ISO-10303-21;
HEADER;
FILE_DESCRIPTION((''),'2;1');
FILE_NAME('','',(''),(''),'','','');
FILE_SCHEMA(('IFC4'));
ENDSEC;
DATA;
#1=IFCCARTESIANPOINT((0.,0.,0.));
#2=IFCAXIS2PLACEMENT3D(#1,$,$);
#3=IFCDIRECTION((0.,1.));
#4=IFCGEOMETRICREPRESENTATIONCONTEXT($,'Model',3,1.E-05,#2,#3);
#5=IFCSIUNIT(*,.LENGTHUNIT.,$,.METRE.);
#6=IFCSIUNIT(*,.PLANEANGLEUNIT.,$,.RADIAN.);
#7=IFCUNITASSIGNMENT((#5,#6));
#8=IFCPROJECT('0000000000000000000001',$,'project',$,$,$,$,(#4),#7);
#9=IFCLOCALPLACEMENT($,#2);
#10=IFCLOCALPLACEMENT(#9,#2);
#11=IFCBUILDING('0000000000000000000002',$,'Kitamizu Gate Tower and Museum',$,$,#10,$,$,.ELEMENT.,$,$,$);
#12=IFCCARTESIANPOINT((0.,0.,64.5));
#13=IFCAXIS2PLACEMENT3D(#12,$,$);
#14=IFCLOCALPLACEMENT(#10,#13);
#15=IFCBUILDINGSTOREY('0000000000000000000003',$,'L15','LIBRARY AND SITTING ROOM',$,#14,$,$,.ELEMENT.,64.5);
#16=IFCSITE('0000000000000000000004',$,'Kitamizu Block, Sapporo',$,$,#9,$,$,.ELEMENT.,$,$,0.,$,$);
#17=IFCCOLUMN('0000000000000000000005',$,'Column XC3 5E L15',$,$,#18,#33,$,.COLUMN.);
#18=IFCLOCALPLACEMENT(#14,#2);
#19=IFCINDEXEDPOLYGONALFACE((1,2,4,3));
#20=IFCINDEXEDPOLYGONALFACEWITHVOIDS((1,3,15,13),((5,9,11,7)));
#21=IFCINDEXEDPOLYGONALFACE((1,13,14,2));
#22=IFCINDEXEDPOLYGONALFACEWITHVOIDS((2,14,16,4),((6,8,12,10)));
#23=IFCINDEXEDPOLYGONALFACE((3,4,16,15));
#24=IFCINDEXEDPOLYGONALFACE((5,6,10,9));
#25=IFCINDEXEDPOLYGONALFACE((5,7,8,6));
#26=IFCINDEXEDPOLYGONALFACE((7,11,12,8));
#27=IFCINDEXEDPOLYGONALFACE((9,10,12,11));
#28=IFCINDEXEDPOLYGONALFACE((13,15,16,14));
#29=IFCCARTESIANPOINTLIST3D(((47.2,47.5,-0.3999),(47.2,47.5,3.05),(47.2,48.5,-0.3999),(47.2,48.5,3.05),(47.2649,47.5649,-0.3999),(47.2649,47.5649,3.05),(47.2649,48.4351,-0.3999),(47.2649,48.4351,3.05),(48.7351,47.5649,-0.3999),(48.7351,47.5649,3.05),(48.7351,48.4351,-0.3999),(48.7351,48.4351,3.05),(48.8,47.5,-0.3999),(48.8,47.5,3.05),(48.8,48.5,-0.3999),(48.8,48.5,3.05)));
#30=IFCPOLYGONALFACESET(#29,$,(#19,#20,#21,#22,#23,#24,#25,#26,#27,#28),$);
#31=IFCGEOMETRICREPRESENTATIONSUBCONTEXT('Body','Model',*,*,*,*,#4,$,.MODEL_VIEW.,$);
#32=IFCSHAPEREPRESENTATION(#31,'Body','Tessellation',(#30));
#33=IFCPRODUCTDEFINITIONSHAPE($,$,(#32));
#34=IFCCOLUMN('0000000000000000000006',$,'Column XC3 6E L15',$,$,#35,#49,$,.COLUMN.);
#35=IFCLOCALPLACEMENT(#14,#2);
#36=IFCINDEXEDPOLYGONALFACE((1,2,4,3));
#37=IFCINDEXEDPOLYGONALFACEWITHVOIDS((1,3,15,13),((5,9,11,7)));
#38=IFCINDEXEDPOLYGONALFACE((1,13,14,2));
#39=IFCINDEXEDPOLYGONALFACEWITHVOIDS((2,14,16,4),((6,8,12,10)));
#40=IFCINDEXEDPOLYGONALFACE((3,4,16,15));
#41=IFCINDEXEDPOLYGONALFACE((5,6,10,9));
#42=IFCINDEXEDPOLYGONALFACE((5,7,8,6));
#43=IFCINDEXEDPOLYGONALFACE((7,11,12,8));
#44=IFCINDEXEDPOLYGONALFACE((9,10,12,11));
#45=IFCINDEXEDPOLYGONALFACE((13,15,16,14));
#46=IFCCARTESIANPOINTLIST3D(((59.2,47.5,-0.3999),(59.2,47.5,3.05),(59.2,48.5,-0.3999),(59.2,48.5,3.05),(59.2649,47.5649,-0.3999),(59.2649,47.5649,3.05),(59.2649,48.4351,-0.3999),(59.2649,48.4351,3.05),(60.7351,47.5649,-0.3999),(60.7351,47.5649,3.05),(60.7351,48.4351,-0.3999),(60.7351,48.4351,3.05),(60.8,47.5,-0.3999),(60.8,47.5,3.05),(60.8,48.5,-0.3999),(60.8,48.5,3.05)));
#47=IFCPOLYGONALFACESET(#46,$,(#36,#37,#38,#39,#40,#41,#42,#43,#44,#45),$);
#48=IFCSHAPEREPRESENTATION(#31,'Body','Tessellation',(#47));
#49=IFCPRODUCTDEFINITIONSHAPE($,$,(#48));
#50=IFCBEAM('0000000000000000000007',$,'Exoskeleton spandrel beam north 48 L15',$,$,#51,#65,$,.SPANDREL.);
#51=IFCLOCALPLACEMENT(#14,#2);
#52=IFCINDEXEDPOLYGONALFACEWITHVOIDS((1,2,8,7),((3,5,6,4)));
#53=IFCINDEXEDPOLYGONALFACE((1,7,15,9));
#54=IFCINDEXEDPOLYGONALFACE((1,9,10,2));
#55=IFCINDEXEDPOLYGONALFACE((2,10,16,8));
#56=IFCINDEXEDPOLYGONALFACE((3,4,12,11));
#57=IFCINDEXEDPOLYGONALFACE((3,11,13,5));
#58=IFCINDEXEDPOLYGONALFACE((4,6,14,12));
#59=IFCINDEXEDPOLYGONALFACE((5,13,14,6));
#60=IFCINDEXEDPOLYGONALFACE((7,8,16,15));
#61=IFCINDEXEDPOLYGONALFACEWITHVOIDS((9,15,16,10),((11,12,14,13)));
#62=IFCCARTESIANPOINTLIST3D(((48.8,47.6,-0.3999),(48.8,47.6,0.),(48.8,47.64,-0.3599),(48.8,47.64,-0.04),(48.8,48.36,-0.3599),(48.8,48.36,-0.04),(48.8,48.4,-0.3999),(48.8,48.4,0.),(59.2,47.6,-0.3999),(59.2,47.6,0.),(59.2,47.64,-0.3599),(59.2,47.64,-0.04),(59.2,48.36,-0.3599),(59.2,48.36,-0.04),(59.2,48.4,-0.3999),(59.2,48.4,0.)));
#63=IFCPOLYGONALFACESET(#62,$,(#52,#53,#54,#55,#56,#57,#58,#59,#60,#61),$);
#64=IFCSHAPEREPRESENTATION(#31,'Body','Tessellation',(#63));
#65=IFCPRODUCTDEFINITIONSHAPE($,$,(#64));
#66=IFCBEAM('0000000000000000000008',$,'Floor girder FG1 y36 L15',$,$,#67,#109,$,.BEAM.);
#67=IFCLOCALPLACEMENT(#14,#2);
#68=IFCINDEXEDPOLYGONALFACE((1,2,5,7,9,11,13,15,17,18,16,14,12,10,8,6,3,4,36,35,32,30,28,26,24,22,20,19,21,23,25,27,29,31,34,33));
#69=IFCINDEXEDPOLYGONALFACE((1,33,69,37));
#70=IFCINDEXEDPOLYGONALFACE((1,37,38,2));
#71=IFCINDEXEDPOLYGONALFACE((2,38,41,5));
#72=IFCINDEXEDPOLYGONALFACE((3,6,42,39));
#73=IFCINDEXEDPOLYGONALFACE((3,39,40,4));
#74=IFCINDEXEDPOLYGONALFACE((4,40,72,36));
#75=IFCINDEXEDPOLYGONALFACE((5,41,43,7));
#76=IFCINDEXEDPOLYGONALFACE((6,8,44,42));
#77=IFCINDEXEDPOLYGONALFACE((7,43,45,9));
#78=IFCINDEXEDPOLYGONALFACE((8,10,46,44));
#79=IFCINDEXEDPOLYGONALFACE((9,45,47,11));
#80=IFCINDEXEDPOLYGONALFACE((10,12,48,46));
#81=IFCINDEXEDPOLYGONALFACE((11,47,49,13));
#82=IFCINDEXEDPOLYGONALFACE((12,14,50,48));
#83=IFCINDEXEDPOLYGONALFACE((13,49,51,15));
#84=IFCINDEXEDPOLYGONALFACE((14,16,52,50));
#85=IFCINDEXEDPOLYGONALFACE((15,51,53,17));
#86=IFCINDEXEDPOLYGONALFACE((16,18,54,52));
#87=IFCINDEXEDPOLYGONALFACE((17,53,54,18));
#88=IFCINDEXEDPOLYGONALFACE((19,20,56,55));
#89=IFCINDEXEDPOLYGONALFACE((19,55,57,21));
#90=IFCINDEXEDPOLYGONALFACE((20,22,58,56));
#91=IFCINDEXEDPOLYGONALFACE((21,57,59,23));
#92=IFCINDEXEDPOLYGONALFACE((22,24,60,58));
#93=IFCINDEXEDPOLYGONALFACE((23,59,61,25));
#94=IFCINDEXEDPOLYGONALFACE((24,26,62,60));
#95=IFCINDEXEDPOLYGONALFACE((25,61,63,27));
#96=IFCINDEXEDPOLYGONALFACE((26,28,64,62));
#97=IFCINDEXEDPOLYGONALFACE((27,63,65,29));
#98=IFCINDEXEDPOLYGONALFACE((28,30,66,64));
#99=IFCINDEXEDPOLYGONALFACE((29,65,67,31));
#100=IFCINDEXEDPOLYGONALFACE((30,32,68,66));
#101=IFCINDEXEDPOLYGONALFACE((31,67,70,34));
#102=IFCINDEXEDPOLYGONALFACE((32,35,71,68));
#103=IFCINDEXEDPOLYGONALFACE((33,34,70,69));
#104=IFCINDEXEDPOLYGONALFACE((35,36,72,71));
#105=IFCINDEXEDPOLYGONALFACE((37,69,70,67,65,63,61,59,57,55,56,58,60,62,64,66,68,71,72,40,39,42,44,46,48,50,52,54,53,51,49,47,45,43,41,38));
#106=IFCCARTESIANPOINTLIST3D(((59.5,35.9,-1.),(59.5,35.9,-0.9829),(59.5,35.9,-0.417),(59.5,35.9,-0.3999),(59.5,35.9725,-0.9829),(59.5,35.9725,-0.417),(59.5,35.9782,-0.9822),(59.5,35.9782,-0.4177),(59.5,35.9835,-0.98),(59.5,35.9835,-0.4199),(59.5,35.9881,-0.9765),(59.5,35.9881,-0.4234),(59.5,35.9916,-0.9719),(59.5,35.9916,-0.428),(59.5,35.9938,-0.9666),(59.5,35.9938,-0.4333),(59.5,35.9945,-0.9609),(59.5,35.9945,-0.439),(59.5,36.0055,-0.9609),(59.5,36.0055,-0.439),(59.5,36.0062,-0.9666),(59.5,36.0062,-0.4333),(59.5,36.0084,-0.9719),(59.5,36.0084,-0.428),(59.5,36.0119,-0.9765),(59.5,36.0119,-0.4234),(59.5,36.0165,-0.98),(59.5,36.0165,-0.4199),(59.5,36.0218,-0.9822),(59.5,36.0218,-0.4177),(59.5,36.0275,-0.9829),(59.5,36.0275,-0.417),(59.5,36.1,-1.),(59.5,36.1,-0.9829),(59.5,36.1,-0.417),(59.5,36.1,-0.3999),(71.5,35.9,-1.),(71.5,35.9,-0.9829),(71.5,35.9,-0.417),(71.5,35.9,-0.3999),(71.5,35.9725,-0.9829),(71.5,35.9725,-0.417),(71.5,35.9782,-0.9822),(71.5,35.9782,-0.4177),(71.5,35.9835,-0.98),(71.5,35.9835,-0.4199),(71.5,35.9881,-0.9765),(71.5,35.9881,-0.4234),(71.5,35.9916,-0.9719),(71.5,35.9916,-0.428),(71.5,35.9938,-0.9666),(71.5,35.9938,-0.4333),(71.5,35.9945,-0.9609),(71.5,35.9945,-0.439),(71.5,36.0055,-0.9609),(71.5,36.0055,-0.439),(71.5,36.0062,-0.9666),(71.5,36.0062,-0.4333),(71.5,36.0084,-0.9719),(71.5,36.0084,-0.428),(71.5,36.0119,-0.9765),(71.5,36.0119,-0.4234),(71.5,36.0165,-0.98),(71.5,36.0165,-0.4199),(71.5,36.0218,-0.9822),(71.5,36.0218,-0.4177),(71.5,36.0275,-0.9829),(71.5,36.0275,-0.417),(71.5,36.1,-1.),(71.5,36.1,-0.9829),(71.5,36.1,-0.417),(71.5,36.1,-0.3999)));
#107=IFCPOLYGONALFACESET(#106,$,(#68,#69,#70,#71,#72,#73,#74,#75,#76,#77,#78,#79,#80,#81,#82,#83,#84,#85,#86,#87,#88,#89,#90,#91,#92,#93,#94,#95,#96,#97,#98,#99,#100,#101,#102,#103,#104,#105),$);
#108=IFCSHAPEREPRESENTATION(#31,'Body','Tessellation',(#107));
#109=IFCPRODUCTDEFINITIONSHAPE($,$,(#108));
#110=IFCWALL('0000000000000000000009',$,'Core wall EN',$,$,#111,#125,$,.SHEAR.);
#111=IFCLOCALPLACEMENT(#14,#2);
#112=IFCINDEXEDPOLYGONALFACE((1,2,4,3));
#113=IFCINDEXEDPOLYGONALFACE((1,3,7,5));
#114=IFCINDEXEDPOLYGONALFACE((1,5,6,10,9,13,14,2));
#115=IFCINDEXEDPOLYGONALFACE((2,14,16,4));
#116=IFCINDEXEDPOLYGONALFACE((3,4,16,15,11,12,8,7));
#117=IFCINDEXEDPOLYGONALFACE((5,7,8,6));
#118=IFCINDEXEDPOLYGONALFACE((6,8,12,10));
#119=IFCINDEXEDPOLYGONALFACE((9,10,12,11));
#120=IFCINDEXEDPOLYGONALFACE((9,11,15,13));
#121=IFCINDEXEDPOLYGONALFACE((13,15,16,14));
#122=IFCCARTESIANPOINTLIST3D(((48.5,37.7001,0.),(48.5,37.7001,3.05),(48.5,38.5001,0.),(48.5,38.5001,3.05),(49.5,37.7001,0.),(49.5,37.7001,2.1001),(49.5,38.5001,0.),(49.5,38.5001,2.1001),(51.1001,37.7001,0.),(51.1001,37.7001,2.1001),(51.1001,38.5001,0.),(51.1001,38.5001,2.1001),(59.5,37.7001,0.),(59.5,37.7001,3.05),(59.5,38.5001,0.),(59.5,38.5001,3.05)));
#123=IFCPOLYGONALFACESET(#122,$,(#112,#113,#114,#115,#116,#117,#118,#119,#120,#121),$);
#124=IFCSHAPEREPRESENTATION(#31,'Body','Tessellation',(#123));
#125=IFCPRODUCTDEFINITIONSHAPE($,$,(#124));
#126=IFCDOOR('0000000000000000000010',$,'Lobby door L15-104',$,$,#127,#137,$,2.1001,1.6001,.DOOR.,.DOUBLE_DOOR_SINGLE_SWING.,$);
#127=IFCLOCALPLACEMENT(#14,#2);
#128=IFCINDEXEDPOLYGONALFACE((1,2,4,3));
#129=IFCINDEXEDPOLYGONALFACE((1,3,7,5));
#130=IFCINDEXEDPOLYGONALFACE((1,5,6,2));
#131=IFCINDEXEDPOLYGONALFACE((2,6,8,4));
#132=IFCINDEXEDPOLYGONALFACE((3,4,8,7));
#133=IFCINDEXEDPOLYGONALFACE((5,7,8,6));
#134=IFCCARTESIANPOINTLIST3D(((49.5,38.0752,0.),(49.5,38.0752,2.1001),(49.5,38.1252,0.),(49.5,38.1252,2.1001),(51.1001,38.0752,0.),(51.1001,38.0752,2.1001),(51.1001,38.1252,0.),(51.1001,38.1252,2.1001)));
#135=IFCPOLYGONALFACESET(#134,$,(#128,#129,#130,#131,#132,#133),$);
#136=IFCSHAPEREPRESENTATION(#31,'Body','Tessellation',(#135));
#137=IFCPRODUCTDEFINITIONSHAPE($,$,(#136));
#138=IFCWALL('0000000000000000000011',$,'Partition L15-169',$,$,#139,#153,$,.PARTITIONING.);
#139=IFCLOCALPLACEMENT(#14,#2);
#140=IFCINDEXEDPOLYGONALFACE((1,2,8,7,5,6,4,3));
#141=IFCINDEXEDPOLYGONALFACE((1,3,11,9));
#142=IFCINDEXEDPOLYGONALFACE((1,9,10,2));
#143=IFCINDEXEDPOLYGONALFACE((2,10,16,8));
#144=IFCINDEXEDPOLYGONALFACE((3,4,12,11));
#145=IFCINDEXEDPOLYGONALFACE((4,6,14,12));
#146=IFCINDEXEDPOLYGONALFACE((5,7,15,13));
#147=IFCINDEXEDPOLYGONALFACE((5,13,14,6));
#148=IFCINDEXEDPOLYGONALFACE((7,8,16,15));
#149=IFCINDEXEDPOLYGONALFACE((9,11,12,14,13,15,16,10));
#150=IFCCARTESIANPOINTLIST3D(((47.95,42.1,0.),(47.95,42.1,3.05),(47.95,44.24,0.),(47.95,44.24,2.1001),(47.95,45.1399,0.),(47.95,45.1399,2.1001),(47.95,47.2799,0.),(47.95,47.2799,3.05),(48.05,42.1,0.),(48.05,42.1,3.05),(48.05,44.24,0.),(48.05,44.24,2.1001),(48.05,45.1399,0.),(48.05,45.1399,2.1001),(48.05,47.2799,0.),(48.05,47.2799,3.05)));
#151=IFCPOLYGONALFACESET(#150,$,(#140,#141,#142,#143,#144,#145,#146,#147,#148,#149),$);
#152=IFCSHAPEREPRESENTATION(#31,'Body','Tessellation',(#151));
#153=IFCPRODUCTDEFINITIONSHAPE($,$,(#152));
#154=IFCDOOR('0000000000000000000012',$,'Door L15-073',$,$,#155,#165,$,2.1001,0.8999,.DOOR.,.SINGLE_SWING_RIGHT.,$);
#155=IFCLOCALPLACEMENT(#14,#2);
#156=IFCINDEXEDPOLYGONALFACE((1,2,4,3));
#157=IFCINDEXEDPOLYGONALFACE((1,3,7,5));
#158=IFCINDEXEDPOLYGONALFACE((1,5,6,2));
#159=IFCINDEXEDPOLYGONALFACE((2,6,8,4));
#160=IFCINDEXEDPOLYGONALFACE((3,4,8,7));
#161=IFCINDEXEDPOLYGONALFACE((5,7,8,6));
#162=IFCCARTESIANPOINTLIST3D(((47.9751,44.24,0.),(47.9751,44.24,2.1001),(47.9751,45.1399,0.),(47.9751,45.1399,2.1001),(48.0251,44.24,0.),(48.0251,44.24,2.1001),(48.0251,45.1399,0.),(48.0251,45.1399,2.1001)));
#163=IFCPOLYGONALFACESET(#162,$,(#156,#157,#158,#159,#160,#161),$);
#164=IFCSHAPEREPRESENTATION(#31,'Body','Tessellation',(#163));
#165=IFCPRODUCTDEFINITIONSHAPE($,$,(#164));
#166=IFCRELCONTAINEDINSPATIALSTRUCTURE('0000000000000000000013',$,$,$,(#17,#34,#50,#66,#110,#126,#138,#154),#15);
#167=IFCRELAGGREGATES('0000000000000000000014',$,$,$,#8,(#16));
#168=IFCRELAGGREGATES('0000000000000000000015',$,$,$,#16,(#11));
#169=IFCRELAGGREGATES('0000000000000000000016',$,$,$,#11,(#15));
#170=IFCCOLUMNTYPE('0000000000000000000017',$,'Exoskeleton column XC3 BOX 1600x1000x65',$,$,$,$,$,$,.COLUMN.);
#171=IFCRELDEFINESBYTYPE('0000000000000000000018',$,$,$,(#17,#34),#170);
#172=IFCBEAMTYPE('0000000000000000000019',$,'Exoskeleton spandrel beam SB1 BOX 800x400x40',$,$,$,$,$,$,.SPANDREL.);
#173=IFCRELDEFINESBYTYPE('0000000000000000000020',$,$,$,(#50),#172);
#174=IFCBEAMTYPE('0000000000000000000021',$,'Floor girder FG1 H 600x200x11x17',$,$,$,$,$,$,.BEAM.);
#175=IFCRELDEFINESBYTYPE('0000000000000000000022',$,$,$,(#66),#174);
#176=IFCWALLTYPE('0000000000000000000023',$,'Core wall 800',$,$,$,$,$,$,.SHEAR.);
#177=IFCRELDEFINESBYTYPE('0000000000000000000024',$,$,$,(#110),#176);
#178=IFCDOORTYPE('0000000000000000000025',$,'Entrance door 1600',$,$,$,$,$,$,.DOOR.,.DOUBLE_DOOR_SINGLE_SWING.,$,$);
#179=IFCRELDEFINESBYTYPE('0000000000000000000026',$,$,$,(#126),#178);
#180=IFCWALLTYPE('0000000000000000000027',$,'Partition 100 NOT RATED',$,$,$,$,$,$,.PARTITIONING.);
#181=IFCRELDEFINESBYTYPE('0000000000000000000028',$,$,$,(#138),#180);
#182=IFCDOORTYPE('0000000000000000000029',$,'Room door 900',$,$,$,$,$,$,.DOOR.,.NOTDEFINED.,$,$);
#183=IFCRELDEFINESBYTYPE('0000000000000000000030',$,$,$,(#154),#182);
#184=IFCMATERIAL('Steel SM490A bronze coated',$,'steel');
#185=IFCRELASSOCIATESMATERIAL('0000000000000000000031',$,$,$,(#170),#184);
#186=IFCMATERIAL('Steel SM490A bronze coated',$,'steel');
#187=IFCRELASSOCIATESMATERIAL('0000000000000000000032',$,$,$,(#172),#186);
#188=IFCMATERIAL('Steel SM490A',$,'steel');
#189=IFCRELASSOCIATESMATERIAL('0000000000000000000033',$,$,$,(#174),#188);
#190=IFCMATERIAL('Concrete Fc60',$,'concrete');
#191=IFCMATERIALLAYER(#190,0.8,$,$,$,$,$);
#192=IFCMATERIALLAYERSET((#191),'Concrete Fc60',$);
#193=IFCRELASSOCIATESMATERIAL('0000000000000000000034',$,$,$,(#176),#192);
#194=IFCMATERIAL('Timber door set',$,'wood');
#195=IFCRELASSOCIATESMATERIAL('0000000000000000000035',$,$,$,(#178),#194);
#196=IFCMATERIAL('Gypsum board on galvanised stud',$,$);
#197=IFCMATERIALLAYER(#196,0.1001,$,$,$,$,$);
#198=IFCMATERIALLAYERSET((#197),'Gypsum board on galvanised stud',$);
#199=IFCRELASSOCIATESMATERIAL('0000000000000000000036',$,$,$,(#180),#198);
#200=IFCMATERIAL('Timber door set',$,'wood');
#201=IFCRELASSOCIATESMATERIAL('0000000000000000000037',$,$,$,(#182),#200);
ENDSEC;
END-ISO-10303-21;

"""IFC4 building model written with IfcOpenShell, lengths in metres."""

from ifc_helpers import new_model, si_unit, direction, frame, frame_2d, origin, origin_2d, place, context, subcontext, project, spatial, rectangle, hollow_rectangle, i_section, extrude, material, layer, layer_set, material_profile, profile_set, type_object, element, fill, save


model = new_model("IFC4")

# Units and contexts
model_context = context("Model", 3, precision=1e-05, world=origin(), true_north=direction((0.0, 1.0)))
body_context = subcontext(model_context, "Body", "Model", "MODEL_VIEW")
ifc_project = project(units=[si_unit("LENGTHUNIT", "METRE"), si_unit("PLANEANGLEUNIT", "RADIAN")], contexts=[model_context])

# Site, building, storey
site_placement = place(None, origin())
site = spatial("IfcSite", under=ifc_project, at=site_placement, Name="Kitamizu Block, Sapporo", CompositionType="ELEMENT", RefElevation=0.0)
building_placement = place(site_placement, origin())
building = spatial("IfcBuilding", under=site, at=building_placement, Name="Kitamizu Gate Tower and Museum", CompositionType="ELEMENT")
storey_placement = place(building_placement, frame((0.0, 0.0, 64.5)))
storey = spatial("IfcBuildingStorey", under=building, at=storey_placement, Name="L15", Description="LIBRARY AND SITTING ROOM", CompositionType="ELEMENT", Elevation=64.5)

# Columns
ifc_material_1 = material(Name="Steel SM490A bronze coated", Category="steel")
ifc_material_profile_1 = material_profile(ifc_material_1, hollow_rectangle(XDim=1.6001, YDim=1.0, WallThickness=0.0649, at=origin_2d()), Name="BOX 1600x1000x65")
ifc_profile_set_1 = profile_set([ifc_material_profile_1], Name="Steel SM490A bronze coated")
column_type = type_object("IfcColumnType", Name="Exoskeleton column XC3 BOX 1600x1000x65", PredefinedType="COLUMN", material=ifc_profile_set_1)
for number, where, z_axis, x_axis, name in (
    (1, (48.0, 48.0, -0.3999), (0.0, 0.0, 1.0), (1.0, 0.0, 0.0), "Column XC3 5E L15"),
    (2, (60.0, 48.0, -0.3999), (0.0, 0.0, 1.0), (1.0, 0.0, 0.0), "Column XC3 6E L15"),
):
    element("IfcColumn", number, at=place(storey_placement, frame(where, z_axis=z_axis, x_axis=x_axis)), inside=storey, type_object=column_type, Name=name, PredefinedType="COLUMN", context=body_context, shape_type="SweptSolid", body=[
        extrude(hollow_rectangle(XDim=1.6001, YDim=1.0, WallThickness=0.0649, at=origin_2d()), origin(), (0.0, 0.0, 1.0), 3.45),
    ])

# Beams
ifc_material_2 = material(Name="Steel SM490A bronze coated", Category="steel")
ifc_material_profile_2 = material_profile(ifc_material_2, hollow_rectangle(XDim=0.8, YDim=0.3999, WallThickness=0.04, at=origin_2d()), Name="BOX 800x400x40")
ifc_profile_set_2 = profile_set([ifc_material_profile_2], Name="Steel SM490A bronze coated")
beam_type_1 = type_object("IfcBeamType", Name="Exoskeleton spandrel beam SB1 BOX 800x400x40", PredefinedType="SPANDREL", material=ifc_profile_set_2)
beam_1_placement = place(storey_placement, frame((48.8, 48.0, -0.2), z_axis=(1.0, 0.0, 0.0), x_axis=(0.0, 1.0, 0.0)))
element("IfcBeam", 3, at=beam_1_placement, inside=storey, type_object=beam_type_1, Name="Exoskeleton spandrel beam north 48 L15", PredefinedType="SPANDREL", context=body_context, shape_type="SweptSolid", body=[
    extrude(hollow_rectangle(XDim=0.8, YDim=0.3999, WallThickness=0.04, at=origin_2d()), origin(), (0.0, 0.0, 1.0), 10.3999),
])
ifc_material_3 = material(Name="Steel SM490A", Category="steel")
ifc_material_profile_3 = material_profile(ifc_material_3, i_section(OverallWidth=0.2, OverallDepth=0.6001, WebThickness=0.011, FlangeThickness=0.0171, FilletRadius=0.022, at=origin_2d()), Name="H-600x200x11x17")
ifc_profile_set_3 = profile_set([ifc_material_profile_3], Name="Steel SM490A")
beam_type_2 = type_object("IfcBeamType", Name="Floor girder FG1 H 600x200x11x17", PredefinedType="BEAM", material=ifc_profile_set_3)
beam_2_placement = place(storey_placement, frame((59.5, 36.0, -0.7), z_axis=(1.0, 0.0, 0.0), x_axis=(0.0, 1.0, 0.0)))
element("IfcBeam", 4, at=beam_2_placement, inside=storey, type_object=beam_type_2, Name="Floor girder FG1 y36 L15", PredefinedType="BEAM", context=body_context, shape_type="SweptSolid", body=[
    extrude(i_section(OverallWidth=0.2, OverallDepth=0.6001, WebThickness=0.011, FlangeThickness=0.0171, FilletRadius=0.022, at=origin_2d()), origin(), (0.0, 0.0, 1.0), 12.0),
])

# Walls, openings, doors
ifc_material_4 = material(Name="Concrete Fc60", Category="concrete")
ifc_layer_1 = layer(ifc_material_4, 0.8)
ifc_layer_set_1 = layer_set([ifc_layer_1], Name="Concrete Fc60")
wall_type_1 = type_object("IfcWallType", Name="Core wall 800", PredefinedType="SHEAR", material=ifc_layer_set_1)
wall_1_placement = place(storey_placement, frame((59.5, 38.1001, 0.0), z_axis=(0.0, 0.0, 1.0), x_axis=(-1.0, 0.0, 0.0)))
wall_1 = element("IfcWall", 5, at=wall_1_placement, inside=storey, type_object=wall_type_1, Name="Core wall EN", PredefinedType="SHEAR", context=body_context, shape_type="SweptSolid", body=[
    extrude(rectangle(XDim=11.0, YDim=0.8, at=frame_2d((5.5, 0.0))), origin(), (0.0, 0.0, 1.0), 3.05),
])
opening_1_placement = place(wall_1_placement, frame((8.3999, 0.0, 0.0)))
opening_1 = element("IfcOpeningElement", 6, at=opening_1_placement, cuts=wall_1, PredefinedType="OPENING", context=body_context, shape_type="SweptSolid", body=[
    extrude(rectangle(XDim=1.6001, YDim=2.1001, at=frame_2d((0.8, 1.05))), frame((0.0, 0.4102, 0.0), z_axis=(0.0, -1.0, 0.0), x_axis=(1.0, 0.0, 0.0)), (0.0, 0.0, 1.0), 0.8201),
])
ifc_material_5 = material(Name="Timber door set", Category="wood")
door_type_1 = type_object("IfcDoorType", Name="Entrance door 1600", OperationType="DOUBLE_DOOR_SINGLE_SWING", PredefinedType="DOOR", material=ifc_material_5)
door_1_placement = place(opening_1_placement, origin())
door_1 = element("IfcDoor", 7, at=door_1_placement, inside=storey, type_object=door_type_1, Name="Lobby door L15-104", OperationType="DOUBLE_DOOR_SINGLE_SWING", OverallHeight=2.1001, OverallWidth=1.6001, PredefinedType="DOOR", context=body_context, shape_type="SweptSolid", body=[
    extrude(rectangle(XDim=1.6001, YDim=2.1001, at=frame_2d((0.8, 1.05))), frame((0.0, 0.0249, 0.0), z_axis=(0.0, -1.0, 0.0), x_axis=(1.0, 0.0, 0.0)), (0.0, 0.0, 1.0), 0.05),
])
fill(opening_1, door_1)
ifc_material_6 = material(Name="Gypsum board on galvanised stud")
ifc_layer_2 = layer(ifc_material_6, 0.1001)
ifc_layer_set_2 = layer_set([ifc_layer_2], Name="Gypsum board on galvanised stud")
wall_type_2 = type_object("IfcWallType", Name="Partition 100 NOT RATED", PredefinedType="PARTITIONING", material=ifc_layer_set_2)
wall_2_placement = place(storey_placement, frame((48.0, 42.1001, 0.0), z_axis=(0.0, 0.0, 1.0), x_axis=(0.0, 1.0, 0.0)))
wall_2 = element("IfcWall", 8, at=wall_2_placement, inside=storey, type_object=wall_type_2, Name="Partition L15-169", PredefinedType="PARTITIONING", context=body_context, shape_type="SweptSolid", body=[
    extrude(rectangle(XDim=5.1799, YDim=0.1001, at=frame_2d((2.5898, 0.0))), origin(), (0.0, 0.0, 1.0), 3.05),
])
opening_2_placement = place(wall_2_placement, frame((2.1399, 0.0, 0.0)))
opening_2 = element("IfcOpeningElement", 9, at=opening_2_placement, cuts=wall_2, PredefinedType="OPENING", context=body_context, shape_type="SweptSolid", body=[
    extrude(rectangle(XDim=0.8999, YDim=2.1001, at=frame_2d((0.45, 1.05))), frame((0.0, 0.0601, 0.0), z_axis=(0.0, -1.0, 0.0), x_axis=(1.0, 0.0, 0.0)), (0.0, 0.0, 1.0), 0.1201),
])
ifc_material_7 = material(Name="Timber door set", Category="wood")
door_type_2 = type_object("IfcDoorType", Name="Room door 900", OperationType="NOTDEFINED", PredefinedType="DOOR", material=ifc_material_7)
door_2_placement = place(opening_2_placement, origin())
door_2 = element("IfcDoor", 10, at=door_2_placement, inside=storey, type_object=door_type_2, Name="Door L15-073", OperationType="SINGLE_SWING_RIGHT", OverallHeight=2.1001, OverallWidth=0.8999, PredefinedType="DOOR", context=body_context, shape_type="SweptSolid", body=[
    extrude(rectangle(XDim=0.8999, YDim=2.1001, at=frame_2d((0.45, 1.05))), frame((0.0, 0.0249, 0.0), z_axis=(0.0, -1.0, 0.0), x_axis=(1.0, 0.0, 0.0)), (0.0, 0.0, 1.0), 0.05),
])
fill(opening_2, door_2)

save(model, "model.ifc")
